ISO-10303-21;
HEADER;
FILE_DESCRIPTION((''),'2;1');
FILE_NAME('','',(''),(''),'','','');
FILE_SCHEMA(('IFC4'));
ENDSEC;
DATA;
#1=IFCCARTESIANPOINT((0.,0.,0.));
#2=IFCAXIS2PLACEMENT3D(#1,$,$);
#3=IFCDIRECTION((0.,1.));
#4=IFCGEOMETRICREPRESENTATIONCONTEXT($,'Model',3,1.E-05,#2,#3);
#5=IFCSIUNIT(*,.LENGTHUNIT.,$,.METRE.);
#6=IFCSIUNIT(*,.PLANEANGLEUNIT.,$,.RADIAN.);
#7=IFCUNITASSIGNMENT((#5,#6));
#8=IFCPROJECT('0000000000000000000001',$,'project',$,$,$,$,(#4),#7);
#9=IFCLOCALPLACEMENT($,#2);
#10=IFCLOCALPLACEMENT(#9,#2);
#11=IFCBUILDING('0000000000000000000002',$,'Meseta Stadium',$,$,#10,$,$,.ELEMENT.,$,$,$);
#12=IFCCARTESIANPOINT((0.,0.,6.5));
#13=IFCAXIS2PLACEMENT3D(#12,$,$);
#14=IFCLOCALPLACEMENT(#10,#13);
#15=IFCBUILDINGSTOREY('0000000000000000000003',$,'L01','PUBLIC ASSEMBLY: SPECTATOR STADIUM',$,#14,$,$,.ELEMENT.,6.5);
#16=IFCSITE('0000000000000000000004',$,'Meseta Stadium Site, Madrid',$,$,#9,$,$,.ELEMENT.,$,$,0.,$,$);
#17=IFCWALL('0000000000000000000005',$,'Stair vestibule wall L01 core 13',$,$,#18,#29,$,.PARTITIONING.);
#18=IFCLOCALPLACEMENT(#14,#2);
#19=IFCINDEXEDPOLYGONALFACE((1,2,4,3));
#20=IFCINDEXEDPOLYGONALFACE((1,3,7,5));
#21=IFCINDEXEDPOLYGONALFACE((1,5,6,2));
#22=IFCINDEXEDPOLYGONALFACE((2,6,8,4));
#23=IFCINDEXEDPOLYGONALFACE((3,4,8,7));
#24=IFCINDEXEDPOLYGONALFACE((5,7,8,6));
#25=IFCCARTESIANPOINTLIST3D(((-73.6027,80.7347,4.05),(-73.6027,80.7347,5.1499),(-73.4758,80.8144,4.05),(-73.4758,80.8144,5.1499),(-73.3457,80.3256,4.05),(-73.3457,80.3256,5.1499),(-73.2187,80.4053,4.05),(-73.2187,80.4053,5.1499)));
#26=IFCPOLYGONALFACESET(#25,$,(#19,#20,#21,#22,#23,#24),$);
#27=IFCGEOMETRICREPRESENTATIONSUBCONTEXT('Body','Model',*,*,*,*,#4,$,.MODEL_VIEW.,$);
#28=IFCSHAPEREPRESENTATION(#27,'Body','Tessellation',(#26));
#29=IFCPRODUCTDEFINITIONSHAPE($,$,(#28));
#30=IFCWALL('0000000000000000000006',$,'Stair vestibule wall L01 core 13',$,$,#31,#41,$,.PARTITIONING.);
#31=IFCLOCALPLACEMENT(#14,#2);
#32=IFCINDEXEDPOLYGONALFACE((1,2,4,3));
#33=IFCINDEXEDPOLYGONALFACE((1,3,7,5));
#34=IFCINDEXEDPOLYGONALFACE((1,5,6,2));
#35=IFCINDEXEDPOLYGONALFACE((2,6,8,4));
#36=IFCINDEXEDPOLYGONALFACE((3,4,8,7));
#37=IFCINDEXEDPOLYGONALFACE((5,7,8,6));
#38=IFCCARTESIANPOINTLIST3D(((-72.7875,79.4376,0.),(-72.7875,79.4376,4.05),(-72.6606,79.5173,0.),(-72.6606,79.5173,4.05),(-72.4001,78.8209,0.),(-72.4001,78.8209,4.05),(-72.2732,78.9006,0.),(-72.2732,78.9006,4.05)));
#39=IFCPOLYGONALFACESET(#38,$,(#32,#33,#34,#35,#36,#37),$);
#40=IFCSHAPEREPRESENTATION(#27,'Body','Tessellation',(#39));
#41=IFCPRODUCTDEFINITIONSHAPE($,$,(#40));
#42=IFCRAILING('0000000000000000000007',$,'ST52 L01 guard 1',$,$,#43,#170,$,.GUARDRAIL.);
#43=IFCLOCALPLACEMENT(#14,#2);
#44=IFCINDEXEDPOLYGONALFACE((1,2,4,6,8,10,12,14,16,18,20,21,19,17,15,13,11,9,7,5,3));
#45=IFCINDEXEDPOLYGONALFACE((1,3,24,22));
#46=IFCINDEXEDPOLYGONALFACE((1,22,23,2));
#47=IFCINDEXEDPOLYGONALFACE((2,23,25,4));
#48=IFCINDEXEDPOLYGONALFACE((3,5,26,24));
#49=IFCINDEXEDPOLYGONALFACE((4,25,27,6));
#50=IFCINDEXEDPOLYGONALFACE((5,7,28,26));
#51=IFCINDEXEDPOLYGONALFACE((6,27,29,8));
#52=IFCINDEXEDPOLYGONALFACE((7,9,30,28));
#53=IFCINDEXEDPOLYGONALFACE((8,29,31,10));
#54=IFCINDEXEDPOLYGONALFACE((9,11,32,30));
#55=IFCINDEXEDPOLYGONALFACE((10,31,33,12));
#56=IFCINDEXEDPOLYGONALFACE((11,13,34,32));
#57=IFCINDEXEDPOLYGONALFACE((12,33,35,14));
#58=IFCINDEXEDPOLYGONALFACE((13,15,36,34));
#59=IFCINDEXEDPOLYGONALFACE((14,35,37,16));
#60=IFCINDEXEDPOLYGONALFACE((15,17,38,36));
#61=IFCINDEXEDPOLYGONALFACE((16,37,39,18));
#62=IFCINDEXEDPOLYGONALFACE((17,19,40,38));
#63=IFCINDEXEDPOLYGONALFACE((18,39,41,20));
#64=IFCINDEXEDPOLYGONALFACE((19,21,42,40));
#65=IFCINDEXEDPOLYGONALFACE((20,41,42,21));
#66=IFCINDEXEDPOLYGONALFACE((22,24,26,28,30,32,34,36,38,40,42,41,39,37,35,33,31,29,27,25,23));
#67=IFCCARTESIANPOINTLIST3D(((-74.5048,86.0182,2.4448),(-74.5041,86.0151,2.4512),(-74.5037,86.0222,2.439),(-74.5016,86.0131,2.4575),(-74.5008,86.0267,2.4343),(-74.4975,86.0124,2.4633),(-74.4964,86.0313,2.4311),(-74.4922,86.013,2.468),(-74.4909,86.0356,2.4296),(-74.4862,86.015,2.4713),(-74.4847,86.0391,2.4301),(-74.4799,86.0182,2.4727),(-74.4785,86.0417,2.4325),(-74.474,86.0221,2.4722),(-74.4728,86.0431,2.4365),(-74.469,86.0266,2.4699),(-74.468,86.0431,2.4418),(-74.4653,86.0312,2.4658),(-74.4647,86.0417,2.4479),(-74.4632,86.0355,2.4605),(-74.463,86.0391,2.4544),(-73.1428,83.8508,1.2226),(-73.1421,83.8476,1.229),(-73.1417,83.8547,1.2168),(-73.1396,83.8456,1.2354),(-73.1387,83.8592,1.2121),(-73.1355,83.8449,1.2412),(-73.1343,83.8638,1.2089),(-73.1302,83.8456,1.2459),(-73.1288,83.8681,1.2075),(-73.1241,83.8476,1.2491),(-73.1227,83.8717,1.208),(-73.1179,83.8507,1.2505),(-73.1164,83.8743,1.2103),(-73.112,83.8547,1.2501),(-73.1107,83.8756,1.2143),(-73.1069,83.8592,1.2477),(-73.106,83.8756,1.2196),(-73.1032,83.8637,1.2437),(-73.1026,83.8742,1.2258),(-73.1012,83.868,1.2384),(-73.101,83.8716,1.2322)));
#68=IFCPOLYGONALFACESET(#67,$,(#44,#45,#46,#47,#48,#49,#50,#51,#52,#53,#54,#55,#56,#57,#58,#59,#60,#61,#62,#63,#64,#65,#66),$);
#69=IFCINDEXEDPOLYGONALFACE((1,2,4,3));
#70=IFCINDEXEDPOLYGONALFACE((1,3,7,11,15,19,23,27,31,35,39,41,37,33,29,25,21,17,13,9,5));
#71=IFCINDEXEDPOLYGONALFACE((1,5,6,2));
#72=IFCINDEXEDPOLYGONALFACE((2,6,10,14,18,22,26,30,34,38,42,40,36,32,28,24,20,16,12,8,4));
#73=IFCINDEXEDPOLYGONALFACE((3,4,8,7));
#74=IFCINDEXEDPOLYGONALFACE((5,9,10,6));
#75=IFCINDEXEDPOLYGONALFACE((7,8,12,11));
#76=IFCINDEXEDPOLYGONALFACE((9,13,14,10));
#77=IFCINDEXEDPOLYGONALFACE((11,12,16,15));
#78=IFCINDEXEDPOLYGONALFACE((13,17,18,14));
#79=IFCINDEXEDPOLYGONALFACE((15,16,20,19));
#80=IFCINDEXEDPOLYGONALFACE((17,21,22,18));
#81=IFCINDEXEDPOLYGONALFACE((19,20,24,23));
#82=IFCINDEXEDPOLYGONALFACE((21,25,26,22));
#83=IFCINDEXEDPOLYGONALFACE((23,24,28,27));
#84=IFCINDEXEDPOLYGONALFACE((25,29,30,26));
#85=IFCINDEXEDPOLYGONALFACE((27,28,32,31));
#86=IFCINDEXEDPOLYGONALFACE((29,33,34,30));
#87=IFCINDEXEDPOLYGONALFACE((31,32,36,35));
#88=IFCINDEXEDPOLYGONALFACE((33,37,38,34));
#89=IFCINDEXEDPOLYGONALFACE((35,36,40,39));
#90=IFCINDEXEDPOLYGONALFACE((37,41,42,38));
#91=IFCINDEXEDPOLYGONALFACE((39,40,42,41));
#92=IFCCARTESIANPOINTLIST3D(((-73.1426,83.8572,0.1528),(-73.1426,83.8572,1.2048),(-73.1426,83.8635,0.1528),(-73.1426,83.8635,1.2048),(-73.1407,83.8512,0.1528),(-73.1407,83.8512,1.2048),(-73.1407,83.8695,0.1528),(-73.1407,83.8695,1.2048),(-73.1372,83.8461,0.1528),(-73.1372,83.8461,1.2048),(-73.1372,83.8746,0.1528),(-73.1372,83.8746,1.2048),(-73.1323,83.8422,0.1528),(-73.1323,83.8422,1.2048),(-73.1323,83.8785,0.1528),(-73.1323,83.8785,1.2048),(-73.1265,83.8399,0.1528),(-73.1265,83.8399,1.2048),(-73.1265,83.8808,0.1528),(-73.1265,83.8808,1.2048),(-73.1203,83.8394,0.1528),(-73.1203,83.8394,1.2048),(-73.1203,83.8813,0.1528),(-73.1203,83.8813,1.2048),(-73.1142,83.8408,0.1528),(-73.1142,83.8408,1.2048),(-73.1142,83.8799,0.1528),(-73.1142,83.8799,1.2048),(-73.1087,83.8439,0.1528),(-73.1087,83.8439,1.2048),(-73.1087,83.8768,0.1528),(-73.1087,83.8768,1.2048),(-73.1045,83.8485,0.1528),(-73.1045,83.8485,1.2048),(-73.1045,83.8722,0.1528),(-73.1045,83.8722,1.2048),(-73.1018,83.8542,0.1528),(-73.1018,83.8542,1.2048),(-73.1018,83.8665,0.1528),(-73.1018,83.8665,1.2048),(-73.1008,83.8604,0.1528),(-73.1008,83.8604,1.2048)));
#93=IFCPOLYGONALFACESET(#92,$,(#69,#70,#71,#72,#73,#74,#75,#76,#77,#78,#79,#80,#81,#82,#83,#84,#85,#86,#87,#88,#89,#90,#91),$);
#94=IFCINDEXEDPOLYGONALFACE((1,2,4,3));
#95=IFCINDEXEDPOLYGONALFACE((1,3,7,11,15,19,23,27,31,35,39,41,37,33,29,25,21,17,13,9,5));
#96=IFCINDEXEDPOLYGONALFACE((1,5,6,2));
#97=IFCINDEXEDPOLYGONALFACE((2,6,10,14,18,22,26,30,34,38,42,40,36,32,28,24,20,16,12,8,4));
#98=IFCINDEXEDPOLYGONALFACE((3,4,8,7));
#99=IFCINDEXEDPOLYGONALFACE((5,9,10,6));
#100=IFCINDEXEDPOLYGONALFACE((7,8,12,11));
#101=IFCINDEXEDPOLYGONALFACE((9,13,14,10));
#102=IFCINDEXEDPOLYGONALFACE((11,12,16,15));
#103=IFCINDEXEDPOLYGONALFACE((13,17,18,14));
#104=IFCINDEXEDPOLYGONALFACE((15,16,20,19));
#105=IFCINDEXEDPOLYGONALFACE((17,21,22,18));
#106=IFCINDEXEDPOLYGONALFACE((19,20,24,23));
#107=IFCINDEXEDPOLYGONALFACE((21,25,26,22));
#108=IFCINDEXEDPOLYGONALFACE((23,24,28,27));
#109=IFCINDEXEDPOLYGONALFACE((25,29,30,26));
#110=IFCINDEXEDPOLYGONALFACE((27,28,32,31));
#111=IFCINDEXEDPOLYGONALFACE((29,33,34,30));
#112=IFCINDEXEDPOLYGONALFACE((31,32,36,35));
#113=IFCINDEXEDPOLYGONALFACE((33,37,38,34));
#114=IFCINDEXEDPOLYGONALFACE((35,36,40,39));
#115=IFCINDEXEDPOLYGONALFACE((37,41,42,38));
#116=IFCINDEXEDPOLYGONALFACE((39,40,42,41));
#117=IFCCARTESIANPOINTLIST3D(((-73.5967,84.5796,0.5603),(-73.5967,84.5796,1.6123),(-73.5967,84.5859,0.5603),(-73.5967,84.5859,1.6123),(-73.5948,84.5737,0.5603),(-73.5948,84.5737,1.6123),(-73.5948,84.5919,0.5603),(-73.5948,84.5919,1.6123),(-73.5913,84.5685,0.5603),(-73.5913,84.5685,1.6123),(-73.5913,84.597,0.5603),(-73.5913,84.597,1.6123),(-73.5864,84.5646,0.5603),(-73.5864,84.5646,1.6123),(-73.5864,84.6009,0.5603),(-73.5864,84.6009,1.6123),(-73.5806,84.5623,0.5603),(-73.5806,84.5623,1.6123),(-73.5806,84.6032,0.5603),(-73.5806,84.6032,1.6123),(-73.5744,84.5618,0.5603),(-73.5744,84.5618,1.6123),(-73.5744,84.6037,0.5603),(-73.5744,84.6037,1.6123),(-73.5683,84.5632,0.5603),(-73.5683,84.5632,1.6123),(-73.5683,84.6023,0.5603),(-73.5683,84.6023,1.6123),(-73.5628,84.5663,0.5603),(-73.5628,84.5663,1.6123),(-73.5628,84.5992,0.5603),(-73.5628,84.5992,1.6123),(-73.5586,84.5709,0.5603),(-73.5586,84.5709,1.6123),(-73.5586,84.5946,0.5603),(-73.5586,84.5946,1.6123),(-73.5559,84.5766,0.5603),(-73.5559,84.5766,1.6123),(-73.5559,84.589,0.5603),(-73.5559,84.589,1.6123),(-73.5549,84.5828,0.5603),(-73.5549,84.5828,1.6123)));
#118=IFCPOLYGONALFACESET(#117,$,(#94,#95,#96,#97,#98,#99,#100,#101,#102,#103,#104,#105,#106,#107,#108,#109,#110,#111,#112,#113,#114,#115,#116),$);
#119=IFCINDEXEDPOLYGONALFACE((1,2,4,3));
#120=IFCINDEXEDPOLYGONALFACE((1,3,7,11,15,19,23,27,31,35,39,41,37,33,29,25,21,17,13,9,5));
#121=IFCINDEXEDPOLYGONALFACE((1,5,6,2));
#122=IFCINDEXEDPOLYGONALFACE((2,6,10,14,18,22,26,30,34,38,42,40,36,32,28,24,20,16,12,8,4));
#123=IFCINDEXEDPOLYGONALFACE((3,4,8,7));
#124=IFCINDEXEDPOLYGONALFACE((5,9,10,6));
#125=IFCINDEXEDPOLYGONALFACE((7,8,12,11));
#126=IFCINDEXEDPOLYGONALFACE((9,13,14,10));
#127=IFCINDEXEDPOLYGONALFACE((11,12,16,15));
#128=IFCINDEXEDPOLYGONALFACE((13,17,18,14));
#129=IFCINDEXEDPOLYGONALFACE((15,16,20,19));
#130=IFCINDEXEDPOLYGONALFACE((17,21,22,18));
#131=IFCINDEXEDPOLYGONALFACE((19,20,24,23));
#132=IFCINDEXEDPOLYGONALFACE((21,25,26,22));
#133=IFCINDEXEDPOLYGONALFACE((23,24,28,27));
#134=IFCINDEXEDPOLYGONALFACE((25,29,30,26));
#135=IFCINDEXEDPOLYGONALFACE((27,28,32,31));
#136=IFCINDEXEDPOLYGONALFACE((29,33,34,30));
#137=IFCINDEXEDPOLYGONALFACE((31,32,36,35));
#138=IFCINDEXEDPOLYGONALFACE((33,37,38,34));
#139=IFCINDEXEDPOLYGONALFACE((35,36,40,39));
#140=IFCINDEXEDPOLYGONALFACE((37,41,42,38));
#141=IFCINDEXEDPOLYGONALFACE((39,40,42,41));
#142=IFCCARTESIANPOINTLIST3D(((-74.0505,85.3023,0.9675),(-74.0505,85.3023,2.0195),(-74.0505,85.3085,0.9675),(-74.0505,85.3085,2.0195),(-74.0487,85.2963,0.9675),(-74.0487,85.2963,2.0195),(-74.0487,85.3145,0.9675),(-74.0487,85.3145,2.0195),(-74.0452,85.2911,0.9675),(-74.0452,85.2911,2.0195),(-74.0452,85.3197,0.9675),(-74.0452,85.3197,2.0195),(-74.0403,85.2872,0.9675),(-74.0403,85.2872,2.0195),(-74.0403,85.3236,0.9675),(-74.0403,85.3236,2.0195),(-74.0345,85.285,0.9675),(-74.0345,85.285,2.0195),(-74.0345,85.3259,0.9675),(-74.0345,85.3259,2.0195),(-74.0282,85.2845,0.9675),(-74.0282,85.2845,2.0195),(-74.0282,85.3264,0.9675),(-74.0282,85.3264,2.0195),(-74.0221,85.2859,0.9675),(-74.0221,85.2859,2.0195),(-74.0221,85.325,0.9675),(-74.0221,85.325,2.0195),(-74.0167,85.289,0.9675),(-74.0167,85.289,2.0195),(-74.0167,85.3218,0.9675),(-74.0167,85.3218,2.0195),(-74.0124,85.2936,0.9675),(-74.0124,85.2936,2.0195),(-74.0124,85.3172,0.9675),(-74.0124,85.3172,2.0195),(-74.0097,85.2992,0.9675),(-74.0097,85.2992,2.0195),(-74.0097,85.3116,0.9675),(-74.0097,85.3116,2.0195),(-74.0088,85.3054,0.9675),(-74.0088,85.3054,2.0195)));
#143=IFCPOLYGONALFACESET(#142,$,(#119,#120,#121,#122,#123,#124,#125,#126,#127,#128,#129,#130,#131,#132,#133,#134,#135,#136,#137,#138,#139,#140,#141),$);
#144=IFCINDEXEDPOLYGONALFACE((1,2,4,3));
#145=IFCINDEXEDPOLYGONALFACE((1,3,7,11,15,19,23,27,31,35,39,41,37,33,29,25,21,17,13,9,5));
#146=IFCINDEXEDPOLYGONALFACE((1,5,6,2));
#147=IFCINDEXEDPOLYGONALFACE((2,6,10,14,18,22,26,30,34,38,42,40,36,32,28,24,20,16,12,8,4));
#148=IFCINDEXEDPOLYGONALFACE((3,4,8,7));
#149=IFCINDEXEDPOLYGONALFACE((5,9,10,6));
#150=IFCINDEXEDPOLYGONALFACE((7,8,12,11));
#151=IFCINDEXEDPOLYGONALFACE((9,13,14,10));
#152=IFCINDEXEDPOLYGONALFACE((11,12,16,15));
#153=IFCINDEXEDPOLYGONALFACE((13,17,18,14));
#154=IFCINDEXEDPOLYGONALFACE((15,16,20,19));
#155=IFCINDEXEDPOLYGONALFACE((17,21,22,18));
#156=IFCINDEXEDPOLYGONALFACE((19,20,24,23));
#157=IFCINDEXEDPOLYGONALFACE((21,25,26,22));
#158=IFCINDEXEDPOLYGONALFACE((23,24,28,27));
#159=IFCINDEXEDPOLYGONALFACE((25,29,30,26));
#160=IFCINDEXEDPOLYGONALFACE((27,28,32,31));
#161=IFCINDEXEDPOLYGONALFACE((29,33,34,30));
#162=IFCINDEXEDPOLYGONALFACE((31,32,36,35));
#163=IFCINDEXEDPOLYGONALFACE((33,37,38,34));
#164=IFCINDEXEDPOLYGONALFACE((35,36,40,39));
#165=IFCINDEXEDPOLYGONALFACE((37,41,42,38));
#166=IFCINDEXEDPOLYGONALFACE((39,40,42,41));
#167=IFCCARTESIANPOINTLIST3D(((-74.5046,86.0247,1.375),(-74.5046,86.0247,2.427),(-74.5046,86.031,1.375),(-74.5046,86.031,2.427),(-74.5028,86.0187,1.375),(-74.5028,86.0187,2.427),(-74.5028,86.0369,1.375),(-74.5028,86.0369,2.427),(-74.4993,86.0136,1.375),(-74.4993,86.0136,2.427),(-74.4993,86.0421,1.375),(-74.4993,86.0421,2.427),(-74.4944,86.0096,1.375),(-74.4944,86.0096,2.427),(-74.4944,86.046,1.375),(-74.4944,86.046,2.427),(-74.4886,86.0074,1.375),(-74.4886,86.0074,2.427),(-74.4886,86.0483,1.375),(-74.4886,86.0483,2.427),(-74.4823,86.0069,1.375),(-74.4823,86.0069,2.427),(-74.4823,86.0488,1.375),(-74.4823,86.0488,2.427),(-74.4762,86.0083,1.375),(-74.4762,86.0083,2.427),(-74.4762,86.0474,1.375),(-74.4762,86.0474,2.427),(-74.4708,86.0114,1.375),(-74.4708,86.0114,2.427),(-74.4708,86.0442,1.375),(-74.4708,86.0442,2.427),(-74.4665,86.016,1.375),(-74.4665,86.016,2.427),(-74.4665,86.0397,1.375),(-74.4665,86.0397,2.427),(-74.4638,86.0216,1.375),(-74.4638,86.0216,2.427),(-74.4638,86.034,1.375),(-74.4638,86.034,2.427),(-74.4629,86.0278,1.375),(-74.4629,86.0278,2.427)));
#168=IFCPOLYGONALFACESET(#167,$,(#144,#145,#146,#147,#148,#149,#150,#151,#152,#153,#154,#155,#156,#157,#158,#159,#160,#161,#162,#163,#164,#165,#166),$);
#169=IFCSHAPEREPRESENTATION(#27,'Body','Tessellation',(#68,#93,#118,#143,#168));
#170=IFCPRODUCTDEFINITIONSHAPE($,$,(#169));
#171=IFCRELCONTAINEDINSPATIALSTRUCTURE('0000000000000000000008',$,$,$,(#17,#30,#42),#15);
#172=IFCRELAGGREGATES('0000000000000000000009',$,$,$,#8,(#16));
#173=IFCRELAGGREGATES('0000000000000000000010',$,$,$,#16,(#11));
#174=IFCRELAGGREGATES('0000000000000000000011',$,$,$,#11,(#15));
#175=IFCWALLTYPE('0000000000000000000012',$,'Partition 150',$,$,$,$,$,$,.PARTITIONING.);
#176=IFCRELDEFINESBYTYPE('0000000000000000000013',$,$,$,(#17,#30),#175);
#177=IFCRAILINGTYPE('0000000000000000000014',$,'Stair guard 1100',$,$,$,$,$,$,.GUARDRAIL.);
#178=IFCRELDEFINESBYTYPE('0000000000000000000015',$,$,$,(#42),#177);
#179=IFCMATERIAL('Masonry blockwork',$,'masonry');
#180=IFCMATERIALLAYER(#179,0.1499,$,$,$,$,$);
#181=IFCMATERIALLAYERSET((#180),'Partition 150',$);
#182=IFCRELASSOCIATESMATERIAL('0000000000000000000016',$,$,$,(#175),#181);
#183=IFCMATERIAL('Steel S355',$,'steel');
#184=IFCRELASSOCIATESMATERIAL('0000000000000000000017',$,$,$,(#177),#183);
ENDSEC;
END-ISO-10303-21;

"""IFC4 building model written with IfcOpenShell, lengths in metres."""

from ifc_helpers import new_model, si_unit, direction, frame, frame_2d, origin, origin_2d, place, context, subcontext, project, spatial, rectangle, circle, extrude, material, layer, layer_set, type_object, element, save


model = new_model("IFC4")

# Units and contexts
model_context = context("Model", 3, precision=1e-05, world=origin(), true_north=direction((0.0, 1.0)))
body_context = subcontext(model_context, "Body", "Model", "MODEL_VIEW")
ifc_project = project(units=[si_unit("LENGTHUNIT", "METRE"), si_unit("PLANEANGLEUNIT", "RADIAN")], contexts=[model_context])

# Site, building, storey
site_placement = place(None, origin())
site = spatial("IfcSite", under=ifc_project, at=site_placement, Name="Meseta Stadium Site, Madrid", CompositionType="ELEMENT", RefElevation=0.0)
building_placement = place(site_placement, origin())
building = spatial("IfcBuilding", under=site, at=building_placement, Name="Meseta Stadium", CompositionType="ELEMENT")
storey_placement = place(building_placement, frame((0.0, 0.0, 6.5)))
storey = spatial("IfcBuildingStorey", under=building, at=storey_placement, Name="L01", Description="PUBLIC ASSEMBLY: SPECTATOR STADIUM", CompositionType="ELEMENT", Elevation=6.5)

# Walls
ifc_material_1 = material(Name="Masonry blockwork", Category="masonry")
ifc_layer_1 = layer(ifc_material_1, 0.1499)
ifc_layer_set_1 = layer_set([ifc_layer_1], Name="Partition 150")
wall_type_1 = type_object("IfcWallType", Name="Partition 150", PredefinedType="PARTITIONING", material=ifc_layer_set_1)
wall_1_placement = place(storey_placement, frame((-73.5393, 80.7747, 4.05), z_axis=(0.0, 0.0, 1.0), x_axis=(0.531996, -0.846747, 0.0)))
element("IfcWall", 1, at=wall_1_placement, inside=storey, type_object=wall_type_1, Name="Stair vestibule wall L01 core 13", PredefinedType="PARTITIONING", context=body_context, shape_type="SweptSolid", body=[
    extrude(rectangle(XDim=0.4832, YDim=0.1499, at=frame_2d((0.2417, 0.0))), origin(), (0.0, 0.0, 1.0), 1.0999),
])
wall_2_placement = place(storey_placement, frame((-72.7241, 79.4775, 0.0), z_axis=(0.0, 0.0, 1.0), x_axis=(0.531986, -0.846753, 0.0)))
element("IfcWall", 2, at=wall_2_placement, inside=storey, type_object=wall_type_1, Name="Stair vestibule wall L01 core 13", PredefinedType="PARTITIONING", context=body_context, shape_type="SweptSolid", body=[
    extrude(rectangle(XDim=0.7283, YDim=0.1499, at=frame_2d((0.3643, 0.0))), origin(), (0.0, 0.0, 1.0), 4.05),
])

# Railing
ifc_material_2 = material(Name="Steel S355", Category="steel")
railing_type = type_object("IfcRailingType", Name="Stair guard 1100", PredefinedType="GUARDRAIL", material=ifc_material_2)
railing_placement = place(storey_placement, frame((-73.1218, 83.8604, 0.1528)))
element("IfcRailing", 3, at=railing_placement, inside=storey, type_object=railing_type, Name="ST52 L01 guard 1", PredefinedType="GUARDRAIL", context=body_context, shape_type="SweptSolid", body=[
    extrude(circle(Radius=0.0239, at=origin_2d()), frame((0.0, 0.0, 1.0762), z_axis=(-0.480156, 0.764085, 0.430841), x_axis=(-0.846699, -0.532072, 0.0)), (0.0, 0.0, 1.0), 2.8367),
    extrude(circle(Radius=0.021, at=origin_2d()), origin(), (0.0, 0.0, 1.0), 1.052),
    extrude(circle(Radius=0.021, at=origin_2d()), frame((-0.4541, 0.7224, 0.4075)), (0.0, 0.0, 1.0), 1.052),
    extrude(circle(Radius=0.021, at=origin_2d()), frame((-0.908, 1.4451, 0.8147)), (0.0, 0.0, 1.0), 1.052),
    extrude(circle(Radius=0.021, at=origin_2d()), frame((-1.3621, 2.1675, 1.2222)), (0.0, 0.0, 1.0), 1.052),
])

save(model, "model.ifc")
